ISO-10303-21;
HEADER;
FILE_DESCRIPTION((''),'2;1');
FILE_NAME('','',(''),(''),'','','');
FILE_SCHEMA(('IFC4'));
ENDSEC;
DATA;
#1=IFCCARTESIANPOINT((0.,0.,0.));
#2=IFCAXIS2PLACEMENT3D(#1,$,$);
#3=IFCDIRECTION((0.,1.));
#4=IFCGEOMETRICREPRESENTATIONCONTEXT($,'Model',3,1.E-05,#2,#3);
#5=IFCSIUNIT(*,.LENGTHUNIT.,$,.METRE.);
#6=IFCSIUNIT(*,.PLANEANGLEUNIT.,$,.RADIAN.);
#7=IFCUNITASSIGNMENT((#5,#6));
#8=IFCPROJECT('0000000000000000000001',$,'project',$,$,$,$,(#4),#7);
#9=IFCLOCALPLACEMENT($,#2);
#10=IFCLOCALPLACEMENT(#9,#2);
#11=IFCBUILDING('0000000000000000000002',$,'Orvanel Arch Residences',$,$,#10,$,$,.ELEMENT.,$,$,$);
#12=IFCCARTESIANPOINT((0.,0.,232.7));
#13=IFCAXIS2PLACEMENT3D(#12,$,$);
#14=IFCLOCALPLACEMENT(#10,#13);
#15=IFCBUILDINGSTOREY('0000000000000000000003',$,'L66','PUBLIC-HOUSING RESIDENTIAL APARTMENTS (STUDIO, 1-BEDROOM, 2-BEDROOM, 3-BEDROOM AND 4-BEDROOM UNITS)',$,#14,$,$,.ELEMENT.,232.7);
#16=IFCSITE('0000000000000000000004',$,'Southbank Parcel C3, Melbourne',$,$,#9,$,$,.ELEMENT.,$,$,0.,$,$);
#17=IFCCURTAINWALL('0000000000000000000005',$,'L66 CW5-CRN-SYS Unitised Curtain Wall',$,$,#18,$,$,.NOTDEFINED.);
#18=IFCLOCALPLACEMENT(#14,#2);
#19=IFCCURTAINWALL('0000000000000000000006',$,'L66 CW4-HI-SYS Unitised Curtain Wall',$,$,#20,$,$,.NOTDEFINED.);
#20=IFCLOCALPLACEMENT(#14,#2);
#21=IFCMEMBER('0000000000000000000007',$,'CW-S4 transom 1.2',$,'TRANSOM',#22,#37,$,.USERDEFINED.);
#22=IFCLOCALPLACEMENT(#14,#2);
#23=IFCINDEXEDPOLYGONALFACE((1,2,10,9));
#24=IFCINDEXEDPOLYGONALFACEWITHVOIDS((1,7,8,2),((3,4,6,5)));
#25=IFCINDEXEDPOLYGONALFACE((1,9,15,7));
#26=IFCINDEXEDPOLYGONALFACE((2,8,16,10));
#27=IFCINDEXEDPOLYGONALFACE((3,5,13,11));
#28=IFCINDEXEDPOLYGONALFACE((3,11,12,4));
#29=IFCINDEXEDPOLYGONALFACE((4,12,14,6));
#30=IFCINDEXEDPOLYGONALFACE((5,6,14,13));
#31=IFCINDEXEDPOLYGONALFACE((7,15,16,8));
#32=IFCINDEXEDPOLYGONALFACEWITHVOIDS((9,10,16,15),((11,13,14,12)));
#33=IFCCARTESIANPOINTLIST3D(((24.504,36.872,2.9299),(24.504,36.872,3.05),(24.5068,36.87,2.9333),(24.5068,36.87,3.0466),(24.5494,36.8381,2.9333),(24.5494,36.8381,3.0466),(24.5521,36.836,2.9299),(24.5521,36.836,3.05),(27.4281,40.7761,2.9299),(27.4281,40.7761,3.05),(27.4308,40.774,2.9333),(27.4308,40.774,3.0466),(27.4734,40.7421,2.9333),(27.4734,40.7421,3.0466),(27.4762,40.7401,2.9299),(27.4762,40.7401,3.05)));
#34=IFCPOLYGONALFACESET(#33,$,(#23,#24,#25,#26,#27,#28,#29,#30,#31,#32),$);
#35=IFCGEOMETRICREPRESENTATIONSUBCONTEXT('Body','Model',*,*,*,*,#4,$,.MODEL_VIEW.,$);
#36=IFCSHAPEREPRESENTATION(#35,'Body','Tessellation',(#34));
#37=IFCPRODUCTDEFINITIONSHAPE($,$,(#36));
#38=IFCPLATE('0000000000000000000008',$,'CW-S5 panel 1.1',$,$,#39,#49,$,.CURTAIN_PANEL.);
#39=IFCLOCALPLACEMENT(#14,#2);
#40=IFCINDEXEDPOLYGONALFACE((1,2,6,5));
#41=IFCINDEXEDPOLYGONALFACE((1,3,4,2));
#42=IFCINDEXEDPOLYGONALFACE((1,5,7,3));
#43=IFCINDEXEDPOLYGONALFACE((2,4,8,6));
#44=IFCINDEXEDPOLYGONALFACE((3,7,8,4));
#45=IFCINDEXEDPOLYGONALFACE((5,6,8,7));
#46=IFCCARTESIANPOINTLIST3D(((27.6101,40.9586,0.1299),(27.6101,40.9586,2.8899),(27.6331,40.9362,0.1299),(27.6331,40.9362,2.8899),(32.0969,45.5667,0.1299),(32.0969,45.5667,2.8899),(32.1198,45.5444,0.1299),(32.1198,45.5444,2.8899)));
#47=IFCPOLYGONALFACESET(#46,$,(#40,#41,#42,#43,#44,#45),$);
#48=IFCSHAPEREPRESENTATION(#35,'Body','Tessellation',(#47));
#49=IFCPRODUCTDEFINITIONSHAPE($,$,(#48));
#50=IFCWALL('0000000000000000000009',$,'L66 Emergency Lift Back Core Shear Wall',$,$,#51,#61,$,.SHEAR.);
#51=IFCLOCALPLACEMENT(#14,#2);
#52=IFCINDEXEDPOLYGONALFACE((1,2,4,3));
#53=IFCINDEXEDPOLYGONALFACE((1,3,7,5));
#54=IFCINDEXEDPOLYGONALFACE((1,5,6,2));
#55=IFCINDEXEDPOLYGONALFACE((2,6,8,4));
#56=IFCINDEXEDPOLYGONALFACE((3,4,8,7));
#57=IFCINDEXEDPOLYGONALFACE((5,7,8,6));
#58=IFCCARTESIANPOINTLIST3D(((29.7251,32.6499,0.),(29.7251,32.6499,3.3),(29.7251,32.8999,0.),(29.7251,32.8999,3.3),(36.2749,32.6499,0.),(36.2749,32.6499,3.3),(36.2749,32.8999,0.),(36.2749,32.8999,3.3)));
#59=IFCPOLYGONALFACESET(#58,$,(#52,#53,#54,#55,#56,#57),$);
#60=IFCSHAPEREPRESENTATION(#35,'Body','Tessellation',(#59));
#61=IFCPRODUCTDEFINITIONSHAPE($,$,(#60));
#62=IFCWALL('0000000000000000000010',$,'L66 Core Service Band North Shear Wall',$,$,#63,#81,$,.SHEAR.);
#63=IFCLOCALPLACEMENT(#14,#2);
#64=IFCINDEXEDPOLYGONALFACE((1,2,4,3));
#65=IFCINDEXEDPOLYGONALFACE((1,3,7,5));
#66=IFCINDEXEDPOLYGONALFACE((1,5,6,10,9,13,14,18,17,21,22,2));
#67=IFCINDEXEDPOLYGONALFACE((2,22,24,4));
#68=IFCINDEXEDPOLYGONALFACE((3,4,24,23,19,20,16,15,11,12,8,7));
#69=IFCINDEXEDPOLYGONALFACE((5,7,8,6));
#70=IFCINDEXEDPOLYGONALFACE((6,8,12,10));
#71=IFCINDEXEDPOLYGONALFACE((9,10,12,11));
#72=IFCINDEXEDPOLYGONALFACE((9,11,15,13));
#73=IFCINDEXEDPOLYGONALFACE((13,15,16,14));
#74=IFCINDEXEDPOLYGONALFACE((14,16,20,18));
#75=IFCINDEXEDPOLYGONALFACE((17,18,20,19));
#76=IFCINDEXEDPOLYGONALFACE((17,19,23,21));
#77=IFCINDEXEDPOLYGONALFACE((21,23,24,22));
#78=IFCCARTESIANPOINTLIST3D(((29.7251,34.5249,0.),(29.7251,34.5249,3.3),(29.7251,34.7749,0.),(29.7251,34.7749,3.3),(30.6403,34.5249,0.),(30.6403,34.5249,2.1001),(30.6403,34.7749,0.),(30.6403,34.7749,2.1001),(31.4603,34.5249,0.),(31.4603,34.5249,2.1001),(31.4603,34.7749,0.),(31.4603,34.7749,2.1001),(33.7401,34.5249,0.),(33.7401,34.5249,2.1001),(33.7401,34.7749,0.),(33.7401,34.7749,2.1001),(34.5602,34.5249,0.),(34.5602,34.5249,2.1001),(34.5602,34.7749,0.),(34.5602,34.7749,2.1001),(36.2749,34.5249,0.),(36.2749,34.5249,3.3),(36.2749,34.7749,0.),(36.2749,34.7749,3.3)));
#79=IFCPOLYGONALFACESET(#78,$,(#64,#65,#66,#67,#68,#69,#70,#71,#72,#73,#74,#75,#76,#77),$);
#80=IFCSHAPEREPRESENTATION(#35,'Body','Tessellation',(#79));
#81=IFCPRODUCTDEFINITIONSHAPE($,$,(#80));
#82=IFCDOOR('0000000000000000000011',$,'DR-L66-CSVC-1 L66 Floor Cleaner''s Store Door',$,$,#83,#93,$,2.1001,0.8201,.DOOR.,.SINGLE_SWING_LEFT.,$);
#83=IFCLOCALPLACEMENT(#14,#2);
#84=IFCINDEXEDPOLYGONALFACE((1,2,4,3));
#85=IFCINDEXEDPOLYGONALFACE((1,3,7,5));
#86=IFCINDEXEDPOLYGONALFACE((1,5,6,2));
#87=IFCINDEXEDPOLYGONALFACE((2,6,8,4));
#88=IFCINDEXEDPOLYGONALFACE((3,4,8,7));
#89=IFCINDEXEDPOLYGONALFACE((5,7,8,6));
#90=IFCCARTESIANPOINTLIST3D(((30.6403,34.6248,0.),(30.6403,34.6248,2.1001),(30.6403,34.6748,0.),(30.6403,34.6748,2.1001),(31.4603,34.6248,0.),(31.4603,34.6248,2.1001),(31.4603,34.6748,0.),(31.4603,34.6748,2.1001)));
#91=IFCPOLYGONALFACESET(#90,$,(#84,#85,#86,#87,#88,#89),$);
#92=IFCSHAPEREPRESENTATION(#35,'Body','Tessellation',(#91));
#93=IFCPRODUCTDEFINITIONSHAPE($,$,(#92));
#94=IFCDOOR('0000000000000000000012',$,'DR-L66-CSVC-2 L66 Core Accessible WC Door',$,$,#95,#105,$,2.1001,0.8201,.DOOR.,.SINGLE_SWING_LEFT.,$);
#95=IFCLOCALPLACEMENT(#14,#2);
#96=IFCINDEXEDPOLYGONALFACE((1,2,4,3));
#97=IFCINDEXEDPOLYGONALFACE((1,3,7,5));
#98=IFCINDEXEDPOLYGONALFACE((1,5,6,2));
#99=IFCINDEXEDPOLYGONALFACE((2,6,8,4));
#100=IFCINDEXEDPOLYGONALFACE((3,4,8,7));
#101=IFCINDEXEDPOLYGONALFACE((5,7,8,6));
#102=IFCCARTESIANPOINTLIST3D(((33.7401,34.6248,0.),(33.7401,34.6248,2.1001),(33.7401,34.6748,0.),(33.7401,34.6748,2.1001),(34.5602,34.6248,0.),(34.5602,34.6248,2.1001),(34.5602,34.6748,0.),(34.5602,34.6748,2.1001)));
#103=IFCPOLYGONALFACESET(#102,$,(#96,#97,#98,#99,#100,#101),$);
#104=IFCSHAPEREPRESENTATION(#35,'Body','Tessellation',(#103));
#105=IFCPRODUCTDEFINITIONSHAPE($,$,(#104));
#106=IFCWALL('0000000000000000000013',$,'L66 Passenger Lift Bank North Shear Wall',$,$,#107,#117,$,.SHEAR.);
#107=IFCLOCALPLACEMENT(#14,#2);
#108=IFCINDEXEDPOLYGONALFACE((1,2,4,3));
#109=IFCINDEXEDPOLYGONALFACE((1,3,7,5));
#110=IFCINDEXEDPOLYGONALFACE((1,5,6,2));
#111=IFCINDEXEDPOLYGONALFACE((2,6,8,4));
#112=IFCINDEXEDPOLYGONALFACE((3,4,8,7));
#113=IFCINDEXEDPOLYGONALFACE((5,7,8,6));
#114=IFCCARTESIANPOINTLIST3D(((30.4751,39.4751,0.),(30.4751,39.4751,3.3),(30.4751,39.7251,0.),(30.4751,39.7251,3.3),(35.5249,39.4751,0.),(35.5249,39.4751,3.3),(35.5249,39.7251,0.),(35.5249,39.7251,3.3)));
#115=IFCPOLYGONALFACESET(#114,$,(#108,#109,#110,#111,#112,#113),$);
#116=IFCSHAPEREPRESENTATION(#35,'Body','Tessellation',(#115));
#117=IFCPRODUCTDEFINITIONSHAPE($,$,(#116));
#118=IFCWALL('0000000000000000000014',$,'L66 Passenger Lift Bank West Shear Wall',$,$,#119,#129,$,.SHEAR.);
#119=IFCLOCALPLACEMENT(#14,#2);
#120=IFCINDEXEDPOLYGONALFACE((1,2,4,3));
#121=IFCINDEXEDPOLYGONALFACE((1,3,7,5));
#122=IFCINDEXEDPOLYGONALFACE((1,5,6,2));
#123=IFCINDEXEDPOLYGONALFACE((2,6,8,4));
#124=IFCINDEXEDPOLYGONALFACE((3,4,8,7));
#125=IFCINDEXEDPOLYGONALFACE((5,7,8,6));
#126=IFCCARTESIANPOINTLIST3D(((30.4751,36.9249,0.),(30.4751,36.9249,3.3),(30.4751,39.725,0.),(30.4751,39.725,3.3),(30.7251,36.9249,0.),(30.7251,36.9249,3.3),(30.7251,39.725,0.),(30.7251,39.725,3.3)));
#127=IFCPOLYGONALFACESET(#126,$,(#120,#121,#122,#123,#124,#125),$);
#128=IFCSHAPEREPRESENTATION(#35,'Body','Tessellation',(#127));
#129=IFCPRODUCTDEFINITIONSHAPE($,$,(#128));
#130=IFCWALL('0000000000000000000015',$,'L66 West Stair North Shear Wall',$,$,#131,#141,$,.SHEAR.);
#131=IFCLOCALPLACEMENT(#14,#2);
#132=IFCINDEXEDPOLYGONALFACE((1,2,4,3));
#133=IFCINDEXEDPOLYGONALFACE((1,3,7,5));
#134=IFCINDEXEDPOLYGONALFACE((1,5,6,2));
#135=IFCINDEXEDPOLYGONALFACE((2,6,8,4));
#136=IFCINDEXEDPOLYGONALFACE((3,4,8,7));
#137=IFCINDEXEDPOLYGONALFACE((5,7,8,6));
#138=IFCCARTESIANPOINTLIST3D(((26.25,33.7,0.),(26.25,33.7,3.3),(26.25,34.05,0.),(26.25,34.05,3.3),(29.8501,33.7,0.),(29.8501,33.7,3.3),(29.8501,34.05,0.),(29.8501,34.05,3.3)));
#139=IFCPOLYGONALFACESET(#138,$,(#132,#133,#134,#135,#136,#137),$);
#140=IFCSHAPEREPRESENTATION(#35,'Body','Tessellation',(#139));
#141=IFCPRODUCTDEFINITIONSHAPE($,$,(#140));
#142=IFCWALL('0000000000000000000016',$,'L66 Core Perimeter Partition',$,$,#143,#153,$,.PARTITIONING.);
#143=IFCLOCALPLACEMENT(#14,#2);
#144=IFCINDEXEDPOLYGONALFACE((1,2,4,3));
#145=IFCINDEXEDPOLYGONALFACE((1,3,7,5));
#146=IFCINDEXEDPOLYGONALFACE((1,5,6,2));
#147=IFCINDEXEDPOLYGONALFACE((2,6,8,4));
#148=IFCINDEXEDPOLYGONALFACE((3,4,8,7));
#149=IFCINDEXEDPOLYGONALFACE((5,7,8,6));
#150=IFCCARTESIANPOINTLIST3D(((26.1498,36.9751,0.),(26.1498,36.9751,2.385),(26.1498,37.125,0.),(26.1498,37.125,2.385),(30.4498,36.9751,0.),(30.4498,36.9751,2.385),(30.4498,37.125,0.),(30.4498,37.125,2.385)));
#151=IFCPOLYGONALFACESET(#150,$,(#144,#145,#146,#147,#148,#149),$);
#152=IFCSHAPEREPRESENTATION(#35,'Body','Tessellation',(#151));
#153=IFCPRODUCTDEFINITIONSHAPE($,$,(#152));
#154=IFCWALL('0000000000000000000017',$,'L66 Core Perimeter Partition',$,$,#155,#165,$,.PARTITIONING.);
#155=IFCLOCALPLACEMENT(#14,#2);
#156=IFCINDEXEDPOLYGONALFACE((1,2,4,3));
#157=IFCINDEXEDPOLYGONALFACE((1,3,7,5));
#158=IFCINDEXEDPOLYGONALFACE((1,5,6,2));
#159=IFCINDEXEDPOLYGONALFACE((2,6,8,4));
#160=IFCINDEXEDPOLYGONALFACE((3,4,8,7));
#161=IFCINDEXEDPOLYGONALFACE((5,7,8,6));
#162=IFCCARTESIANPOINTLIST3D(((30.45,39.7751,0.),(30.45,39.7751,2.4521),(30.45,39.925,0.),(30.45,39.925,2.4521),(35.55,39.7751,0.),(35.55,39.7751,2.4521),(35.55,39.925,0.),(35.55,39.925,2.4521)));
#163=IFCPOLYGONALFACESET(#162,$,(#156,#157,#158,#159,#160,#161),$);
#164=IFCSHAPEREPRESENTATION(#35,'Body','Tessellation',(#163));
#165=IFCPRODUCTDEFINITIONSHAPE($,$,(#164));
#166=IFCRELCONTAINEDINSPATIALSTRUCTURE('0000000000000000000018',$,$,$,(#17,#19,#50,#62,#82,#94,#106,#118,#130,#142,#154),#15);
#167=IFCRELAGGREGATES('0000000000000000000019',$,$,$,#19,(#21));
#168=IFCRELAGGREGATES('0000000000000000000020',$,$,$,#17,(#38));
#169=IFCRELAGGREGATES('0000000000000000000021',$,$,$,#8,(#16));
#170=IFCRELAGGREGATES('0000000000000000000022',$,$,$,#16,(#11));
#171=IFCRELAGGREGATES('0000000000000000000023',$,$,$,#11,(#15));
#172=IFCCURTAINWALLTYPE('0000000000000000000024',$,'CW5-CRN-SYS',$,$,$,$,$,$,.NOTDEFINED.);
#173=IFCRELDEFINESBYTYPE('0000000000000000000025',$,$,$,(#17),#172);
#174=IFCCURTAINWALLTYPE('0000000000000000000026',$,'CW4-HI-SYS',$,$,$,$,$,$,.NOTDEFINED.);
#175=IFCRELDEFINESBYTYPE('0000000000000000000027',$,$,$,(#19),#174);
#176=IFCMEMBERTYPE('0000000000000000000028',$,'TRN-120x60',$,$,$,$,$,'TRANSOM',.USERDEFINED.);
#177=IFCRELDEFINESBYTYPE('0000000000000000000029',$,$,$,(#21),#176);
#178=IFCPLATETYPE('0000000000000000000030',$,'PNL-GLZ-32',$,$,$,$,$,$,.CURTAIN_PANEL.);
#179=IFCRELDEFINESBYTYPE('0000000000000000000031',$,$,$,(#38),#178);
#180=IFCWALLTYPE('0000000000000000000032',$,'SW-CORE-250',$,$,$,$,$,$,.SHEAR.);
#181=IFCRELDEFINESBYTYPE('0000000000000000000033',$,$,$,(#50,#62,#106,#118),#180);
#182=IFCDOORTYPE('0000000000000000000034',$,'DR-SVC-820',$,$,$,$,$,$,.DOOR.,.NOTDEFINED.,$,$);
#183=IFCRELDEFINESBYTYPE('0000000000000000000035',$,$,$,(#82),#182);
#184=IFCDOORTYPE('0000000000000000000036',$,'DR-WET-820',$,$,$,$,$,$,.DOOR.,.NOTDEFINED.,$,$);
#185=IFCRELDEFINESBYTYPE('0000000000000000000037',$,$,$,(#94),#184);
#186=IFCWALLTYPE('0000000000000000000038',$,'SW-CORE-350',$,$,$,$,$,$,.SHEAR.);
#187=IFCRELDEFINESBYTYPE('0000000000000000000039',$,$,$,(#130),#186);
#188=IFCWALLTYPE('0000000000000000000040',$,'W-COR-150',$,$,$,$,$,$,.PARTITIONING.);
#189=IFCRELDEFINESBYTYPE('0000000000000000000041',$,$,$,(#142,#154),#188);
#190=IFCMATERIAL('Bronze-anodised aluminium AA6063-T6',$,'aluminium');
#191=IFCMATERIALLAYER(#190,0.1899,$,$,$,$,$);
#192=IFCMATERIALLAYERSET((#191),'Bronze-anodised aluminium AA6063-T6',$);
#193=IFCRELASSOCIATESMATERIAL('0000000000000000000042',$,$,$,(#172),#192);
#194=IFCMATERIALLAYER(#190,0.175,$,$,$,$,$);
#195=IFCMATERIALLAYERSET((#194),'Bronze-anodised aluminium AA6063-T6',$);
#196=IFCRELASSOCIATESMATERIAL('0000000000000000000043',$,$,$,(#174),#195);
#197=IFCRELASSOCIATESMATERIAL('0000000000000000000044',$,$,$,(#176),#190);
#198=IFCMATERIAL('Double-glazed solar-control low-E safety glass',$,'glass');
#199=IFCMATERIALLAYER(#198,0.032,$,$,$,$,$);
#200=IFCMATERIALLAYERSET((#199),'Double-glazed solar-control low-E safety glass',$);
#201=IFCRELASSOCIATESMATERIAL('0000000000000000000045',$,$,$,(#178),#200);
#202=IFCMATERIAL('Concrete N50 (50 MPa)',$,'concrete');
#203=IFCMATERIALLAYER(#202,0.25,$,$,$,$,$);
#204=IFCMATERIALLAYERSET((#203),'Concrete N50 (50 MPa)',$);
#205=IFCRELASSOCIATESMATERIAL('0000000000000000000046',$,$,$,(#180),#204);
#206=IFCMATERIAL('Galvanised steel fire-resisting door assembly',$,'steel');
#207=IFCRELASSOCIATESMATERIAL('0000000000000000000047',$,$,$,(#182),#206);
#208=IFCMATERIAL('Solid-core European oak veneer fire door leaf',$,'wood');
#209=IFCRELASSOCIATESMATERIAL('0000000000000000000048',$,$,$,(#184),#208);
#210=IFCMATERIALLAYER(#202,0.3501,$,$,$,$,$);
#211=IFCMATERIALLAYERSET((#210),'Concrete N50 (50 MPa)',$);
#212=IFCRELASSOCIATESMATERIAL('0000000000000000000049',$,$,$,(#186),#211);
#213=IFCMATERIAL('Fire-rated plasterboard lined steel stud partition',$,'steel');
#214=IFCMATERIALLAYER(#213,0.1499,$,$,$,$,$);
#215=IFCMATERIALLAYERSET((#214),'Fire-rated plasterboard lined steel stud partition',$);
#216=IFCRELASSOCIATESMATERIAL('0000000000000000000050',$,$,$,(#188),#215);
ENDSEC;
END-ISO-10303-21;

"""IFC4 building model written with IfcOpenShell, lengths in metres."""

from ifc_helpers import new_model, si_unit, direction, frame, frame_2d, origin, origin_2d, place, context, subcontext, project, spatial, rectangle, hollow_rectangle, extrude, material, layer, layer_set, material_profile, profile_set, type_object, element, fill, aggregate, save


model = new_model("IFC4")

# Units and contexts
model_context = context("Model", 3, precision=1e-05, world=origin(), true_north=direction((0.0, 1.0)))
body_context = subcontext(model_context, "Body", "Model", "MODEL_VIEW")
ifc_project = project(units=[si_unit("LENGTHUNIT", "METRE"), si_unit("PLANEANGLEUNIT", "RADIAN")], contexts=[model_context])

# Site, building, storey
site_placement = place(None, origin())
site = spatial("IfcSite", under=ifc_project, at=site_placement, Name="Southbank Parcel C3, Melbourne", CompositionType="ELEMENT", RefElevation=0.0)
building_placement = place(site_placement, origin())
building = spatial("IfcBuilding", under=site, at=building_placement, Name="Orvanel Arch Residences", CompositionType="ELEMENT")
storey_placement = place(building_placement, frame((0.0, 0.0, 232.7)))
storey = spatial("IfcBuildingStorey", under=building, at=storey_placement, Name="L66", Description="PUBLIC-HOUSING RESIDENTIAL APARTMENTS (STUDIO, 1-BEDROOM, 2-BEDROOM, 3-BEDROOM AND 4-BEDROOM UNITS)", CompositionType="ELEMENT", Elevation=232.7)

# Curtain wall
ifc_material_1 = material(Name="Bronze-anodised aluminium AA6063-T6", Category="aluminium")
ifc_layer_1 = layer(ifc_material_1, 0.1899)
ifc_layer_set_1 = layer_set([ifc_layer_1], Name="Bronze-anodised aluminium AA6063-T6")
curtain_wall_type_1 = type_object("IfcCurtainWallType", Name="CW5-CRN-SYS", PredefinedType="NOTDEFINED", material=ifc_layer_set_1)
curtain_wall_1_placement = place(storey_placement, origin())
curtain_wall_1 = element("IfcCurtainWall", 1, at=curtain_wall_1_placement, inside=storey, type_object=curtain_wall_type_1, Name="L66 CW5-CRN-SYS Unitised Curtain Wall", PredefinedType="NOTDEFINED")

# Curtain wall, member
ifc_layer_2 = layer(ifc_material_1, 0.175)
ifc_layer_set_2 = layer_set([ifc_layer_2], Name="Bronze-anodised aluminium AA6063-T6")
curtain_wall_type_2 = type_object("IfcCurtainWallType", Name="CW4-HI-SYS", PredefinedType="NOTDEFINED", material=ifc_layer_set_2)
curtain_wall_2_placement = place(storey_placement, origin())
curtain_wall_2 = element("IfcCurtainWall", 2, at=curtain_wall_2_placement, inside=storey, type_object=curtain_wall_type_2, Name="L66 CW4-HI-SYS Unitised Curtain Wall", PredefinedType="NOTDEFINED")
ifc_material_profile_1 = material_profile(ifc_material_1, hollow_rectangle(XDim=0.0601, YDim=0.1201, WallThickness=0.0034, at=origin_2d()), Name="ALU120x60x3.5")
ifc_profile_set_1 = profile_set([ifc_material_profile_1], Name="Bronze-anodised aluminium AA6063-T6")
member_type_1 = type_object("IfcMemberType", Name="TRN-120x60", ElementType="TRANSOM", PredefinedType="USERDEFINED", material=ifc_profile_set_1)
member_1_placement = place(storey_placement, frame((27.4521, 40.7581, 2.99), z_axis=(-0.599479, -0.80039, 0.0), x_axis=(0.80039, -0.599479, 0.0)))
member_1 = element("IfcMember", 3, at=member_1_placement, type_object=member_type_1, Name="CW-S4 transom 1.2", ObjectType="TRANSOM", PredefinedType="USERDEFINED", context=body_context, shape_type="SweptSolid", body=[
    extrude(hollow_rectangle(XDim=0.0601, YDim=0.1201, WallThickness=0.0034, at=origin_2d()), origin(), (0.0, 0.0, 1.0), 4.8777),
])
aggregate(curtain_wall_2, [member_1])

# Plate
ifc_material_2 = material(Name="Double-glazed solar-control low-E safety glass", Category="glass")
ifc_layer_3 = layer(ifc_material_2, 0.032)
ifc_layer_set_3 = layer_set([ifc_layer_3], Name="Double-glazed solar-control low-E safety glass")
plate_type = type_object("IfcPlateType", Name="PNL-GLZ-32", PredefinedType="CURTAIN_PANEL", material=ifc_layer_set_3)
plate_placement = place(storey_placement, frame((29.865, 43.2515, 0.1299), z_axis=(0.0, 0.0, 1.0), x_axis=(-0.697611, -0.716477, 0.0)))
plate = element("IfcPlate", 4, at=plate_placement, type_object=plate_type, Name="CW-S5 panel 1.1", PredefinedType="CURTAIN_PANEL", context=body_context, shape_type="SweptSolid", body=[
    extrude(rectangle(XDim=6.4316, YDim=0.032, at=origin_2d()), origin(), (0.0, 0.0, 1.0), 2.76),
])
aggregate(curtain_wall_1, [plate])

# Wall
ifc_material_3 = material(Name="Concrete N50 (50 MPa)", Category="concrete")
ifc_layer_4 = layer(ifc_material_3, 0.25)
ifc_layer_set_4 = layer_set([ifc_layer_4], Name="Concrete N50 (50 MPa)")
wall_type_1 = type_object("IfcWallType", Name="SW-CORE-250", PredefinedType="SHEAR", material=ifc_layer_set_4)
wall_1_placement = place(storey_placement, frame((29.7251, 32.7749, 0.0), z_axis=(0.0, 0.0, 1.0), x_axis=(1.0, 0.0, 0.0)))
element("IfcWall", 5, at=wall_1_placement, inside=storey, type_object=wall_type_1, Name="L66 Emergency Lift Back Core Shear Wall", PredefinedType="SHEAR", context=body_context, shape_type="SweptSolid", body=[
    extrude(rectangle(XDim=6.5498, YDim=0.25, at=frame_2d((3.2749, 0.0))), origin(), (0.0, 0.0, 1.0), 3.3),
])

# Wall, openings, doors
wall_2_placement = place(storey_placement, frame((29.7251, 34.6499, 0.0), z_axis=(0.0, 0.0, 1.0), x_axis=(1.0, 0.0, 0.0)))
wall_2 = element("IfcWall", 6, at=wall_2_placement, inside=storey, type_object=wall_type_1, Name="L66 Core Service Band North Shear Wall", PredefinedType="SHEAR", context=body_context, shape_type="SweptSolid", body=[
    extrude(rectangle(XDim=6.5498, YDim=0.25, at=frame_2d((3.2749, 0.0))), origin(), (0.0, 0.0, 1.0), 3.3),
])
opening_1_placement = place(wall_2_placement, frame((0.915, 0.0, 0.0)))
opening_1 = element("IfcOpeningElement", 7, at=opening_1_placement, cuts=wall_2, PredefinedType="OPENING", context=body_context, shape_type="SweptSolid", body=[
    extrude(rectangle(XDim=0.8201, YDim=2.1001, at=frame_2d((0.4102, 1.05))), frame((0.0, 0.135, 0.0), z_axis=(0.0, -1.0, 0.0), x_axis=(1.0, 0.0, 0.0)), (0.0, 0.0, 1.0), 0.27),
])
opening_2_placement = place(wall_2_placement, frame((4.0149, 0.0, 0.0)))
opening_2 = element("IfcOpeningElement", 8, at=opening_2_placement, cuts=wall_2, PredefinedType="OPENING", context=body_context, shape_type="SweptSolid", body=[
    extrude(rectangle(XDim=0.8201, YDim=2.1001, at=frame_2d((0.4102, 1.05))), frame((0.0, 0.135, 0.0), z_axis=(0.0, -1.0, 0.0), x_axis=(1.0, 0.0, 0.0)), (0.0, 0.0, 1.0), 0.27),
])
ifc_material_4 = material(Name="Galvanised steel fire-resisting door assembly", Category="steel")
door_type_1 = type_object("IfcDoorType", Name="DR-SVC-820", OperationType="NOTDEFINED", PredefinedType="DOOR", material=ifc_material_4)
door_1_placement = place(opening_1_placement, origin())
door_1 = element("IfcDoor", 9, at=door_1_placement, inside=storey, type_object=door_type_1, Name="DR-L66-CSVC-1 L66 Floor Cleaner's Store Door", OperationType="SINGLE_SWING_LEFT", OverallHeight=2.1001, OverallWidth=0.8201, PredefinedType="DOOR", context=body_context, shape_type="SweptSolid", body=[
    extrude(rectangle(XDim=0.8201, YDim=2.1001, at=frame_2d((0.4102, 1.05))), frame((0.0, 0.0249, 0.0), z_axis=(0.0, -1.0, 0.0), x_axis=(1.0, 0.0, 0.0)), (0.0, 0.0, 1.0), 0.05),
])
fill(opening_1, door_1)
ifc_material_5 = material(Name="Solid-core European oak veneer fire door leaf", Category="wood")
door_type_2 = type_object("IfcDoorType", Name="DR-WET-820", OperationType="NOTDEFINED", PredefinedType="DOOR", material=ifc_material_5)
door_2_placement = place(opening_2_placement, origin())
door_2 = element("IfcDoor", 10, at=door_2_placement, inside=storey, type_object=door_type_2, Name="DR-L66-CSVC-2 L66 Core Accessible WC Door", OperationType="SINGLE_SWING_LEFT", OverallHeight=2.1001, OverallWidth=0.8201, PredefinedType="DOOR", context=body_context, shape_type="SweptSolid", body=[
    extrude(rectangle(XDim=0.8201, YDim=2.1001, at=frame_2d((0.4102, 1.05))), frame((0.0, 0.0249, 0.0), z_axis=(0.0, -1.0, 0.0), x_axis=(1.0, 0.0, 0.0)), (0.0, 0.0, 1.0), 0.05),
])
fill(opening_2, door_2)

# Walls
wall_3_placement = place(storey_placement, frame((30.4751, 39.6001, 0.0), z_axis=(0.0, 0.0, 1.0), x_axis=(1.0, 0.0, 0.0)))
element("IfcWall", 11, at=wall_3_placement, inside=storey, type_object=wall_type_1, Name="L66 Passenger Lift Bank North Shear Wall", PredefinedType="SHEAR", context=body_context, shape_type="SweptSolid", body=[
    extrude(rectangle(XDim=5.0498, YDim=0.25, at=frame_2d((2.5249, 0.0))), origin(), (0.0, 0.0, 1.0), 3.3),
])
wall_4_placement = place(storey_placement, frame((30.6001, 36.925, 0.0), z_axis=(0.0, 0.0, 1.0), x_axis=(0.0, 1.0, 0.0)))
element("IfcWall", 12, at=wall_4_placement, inside=storey, type_object=wall_type_1, Name="L66 Passenger Lift Bank West Shear Wall", PredefinedType="SHEAR", context=body_context, shape_type="SweptSolid", body=[
    extrude(rectangle(XDim=2.8, YDim=0.25, at=frame_2d((1.3999, 0.0))), origin(), (0.0, 0.0, 1.0), 3.3),
])
ifc_layer_5 = layer(ifc_material_3, 0.3501)
ifc_layer_set_5 = layer_set([ifc_layer_5], Name="Concrete N50 (50 MPa)")
wall_type_2 = type_object("IfcWallType", Name="SW-CORE-350", PredefinedType="SHEAR", material=ifc_layer_set_5)
wall_5_placement = place(storey_placement, frame((26.25, 33.875, 0.0), z_axis=(0.0, 0.0, 1.0), x_axis=(1.0, 0.0, 0.0)))
element("IfcWall", 13, at=wall_5_placement, inside=storey, type_object=wall_type_2, Name="L66 West Stair North Shear Wall", PredefinedType="SHEAR", context=body_context, shape_type="SweptSolid", body=[
    extrude(rectangle(XDim=3.6001, YDim=0.3501, at=frame_2d((1.8, 0.0))), origin(), (0.0, 0.0, 1.0), 3.3),
])
ifc_material_6 = material(Name="Fire-rated plasterboard lined steel stud partition", Category="steel")
ifc_layer_6 = layer(ifc_material_6, 0.1499)
ifc_layer_set_6 = layer_set([ifc_layer_6], Name="Fire-rated plasterboard lined steel stud partition")
wall_type_3 = type_object("IfcWallType", Name="W-COR-150", PredefinedType="PARTITIONING", material=ifc_layer_set_6)
wall_6_placement = place(storey_placement, frame((26.1499, 37.05, 0.0), z_axis=(0.0, 0.0, 1.0), x_axis=(1.0, 0.0, 0.0)))
element("IfcWall", 14, at=wall_6_placement, inside=storey, type_object=wall_type_3, Name="L66 Core Perimeter Partition", PredefinedType="PARTITIONING", context=body_context, shape_type="SweptSolid", body=[
    extrude(rectangle(XDim=4.3, YDim=0.1499, at=frame_2d((2.1499, 0.0))), origin(), (0.0, 0.0, 1.0), 2.385),
])
wall_7_placement = place(storey_placement, frame((30.45, 39.8501, 0.0), z_axis=(0.0, 0.0, 1.0), x_axis=(1.0, 0.0, 0.0)))
element("IfcWall", 15, at=wall_7_placement, inside=storey, type_object=wall_type_3, Name="L66 Core Perimeter Partition", PredefinedType="PARTITIONING", context=body_context, shape_type="SweptSolid", body=[
    extrude(rectangle(XDim=5.1001, YDim=0.1499, at=frame_2d((2.55, 0.0))), origin(), (0.0, 0.0, 1.0), 2.4521),
])

save(model, "model.ifc")
